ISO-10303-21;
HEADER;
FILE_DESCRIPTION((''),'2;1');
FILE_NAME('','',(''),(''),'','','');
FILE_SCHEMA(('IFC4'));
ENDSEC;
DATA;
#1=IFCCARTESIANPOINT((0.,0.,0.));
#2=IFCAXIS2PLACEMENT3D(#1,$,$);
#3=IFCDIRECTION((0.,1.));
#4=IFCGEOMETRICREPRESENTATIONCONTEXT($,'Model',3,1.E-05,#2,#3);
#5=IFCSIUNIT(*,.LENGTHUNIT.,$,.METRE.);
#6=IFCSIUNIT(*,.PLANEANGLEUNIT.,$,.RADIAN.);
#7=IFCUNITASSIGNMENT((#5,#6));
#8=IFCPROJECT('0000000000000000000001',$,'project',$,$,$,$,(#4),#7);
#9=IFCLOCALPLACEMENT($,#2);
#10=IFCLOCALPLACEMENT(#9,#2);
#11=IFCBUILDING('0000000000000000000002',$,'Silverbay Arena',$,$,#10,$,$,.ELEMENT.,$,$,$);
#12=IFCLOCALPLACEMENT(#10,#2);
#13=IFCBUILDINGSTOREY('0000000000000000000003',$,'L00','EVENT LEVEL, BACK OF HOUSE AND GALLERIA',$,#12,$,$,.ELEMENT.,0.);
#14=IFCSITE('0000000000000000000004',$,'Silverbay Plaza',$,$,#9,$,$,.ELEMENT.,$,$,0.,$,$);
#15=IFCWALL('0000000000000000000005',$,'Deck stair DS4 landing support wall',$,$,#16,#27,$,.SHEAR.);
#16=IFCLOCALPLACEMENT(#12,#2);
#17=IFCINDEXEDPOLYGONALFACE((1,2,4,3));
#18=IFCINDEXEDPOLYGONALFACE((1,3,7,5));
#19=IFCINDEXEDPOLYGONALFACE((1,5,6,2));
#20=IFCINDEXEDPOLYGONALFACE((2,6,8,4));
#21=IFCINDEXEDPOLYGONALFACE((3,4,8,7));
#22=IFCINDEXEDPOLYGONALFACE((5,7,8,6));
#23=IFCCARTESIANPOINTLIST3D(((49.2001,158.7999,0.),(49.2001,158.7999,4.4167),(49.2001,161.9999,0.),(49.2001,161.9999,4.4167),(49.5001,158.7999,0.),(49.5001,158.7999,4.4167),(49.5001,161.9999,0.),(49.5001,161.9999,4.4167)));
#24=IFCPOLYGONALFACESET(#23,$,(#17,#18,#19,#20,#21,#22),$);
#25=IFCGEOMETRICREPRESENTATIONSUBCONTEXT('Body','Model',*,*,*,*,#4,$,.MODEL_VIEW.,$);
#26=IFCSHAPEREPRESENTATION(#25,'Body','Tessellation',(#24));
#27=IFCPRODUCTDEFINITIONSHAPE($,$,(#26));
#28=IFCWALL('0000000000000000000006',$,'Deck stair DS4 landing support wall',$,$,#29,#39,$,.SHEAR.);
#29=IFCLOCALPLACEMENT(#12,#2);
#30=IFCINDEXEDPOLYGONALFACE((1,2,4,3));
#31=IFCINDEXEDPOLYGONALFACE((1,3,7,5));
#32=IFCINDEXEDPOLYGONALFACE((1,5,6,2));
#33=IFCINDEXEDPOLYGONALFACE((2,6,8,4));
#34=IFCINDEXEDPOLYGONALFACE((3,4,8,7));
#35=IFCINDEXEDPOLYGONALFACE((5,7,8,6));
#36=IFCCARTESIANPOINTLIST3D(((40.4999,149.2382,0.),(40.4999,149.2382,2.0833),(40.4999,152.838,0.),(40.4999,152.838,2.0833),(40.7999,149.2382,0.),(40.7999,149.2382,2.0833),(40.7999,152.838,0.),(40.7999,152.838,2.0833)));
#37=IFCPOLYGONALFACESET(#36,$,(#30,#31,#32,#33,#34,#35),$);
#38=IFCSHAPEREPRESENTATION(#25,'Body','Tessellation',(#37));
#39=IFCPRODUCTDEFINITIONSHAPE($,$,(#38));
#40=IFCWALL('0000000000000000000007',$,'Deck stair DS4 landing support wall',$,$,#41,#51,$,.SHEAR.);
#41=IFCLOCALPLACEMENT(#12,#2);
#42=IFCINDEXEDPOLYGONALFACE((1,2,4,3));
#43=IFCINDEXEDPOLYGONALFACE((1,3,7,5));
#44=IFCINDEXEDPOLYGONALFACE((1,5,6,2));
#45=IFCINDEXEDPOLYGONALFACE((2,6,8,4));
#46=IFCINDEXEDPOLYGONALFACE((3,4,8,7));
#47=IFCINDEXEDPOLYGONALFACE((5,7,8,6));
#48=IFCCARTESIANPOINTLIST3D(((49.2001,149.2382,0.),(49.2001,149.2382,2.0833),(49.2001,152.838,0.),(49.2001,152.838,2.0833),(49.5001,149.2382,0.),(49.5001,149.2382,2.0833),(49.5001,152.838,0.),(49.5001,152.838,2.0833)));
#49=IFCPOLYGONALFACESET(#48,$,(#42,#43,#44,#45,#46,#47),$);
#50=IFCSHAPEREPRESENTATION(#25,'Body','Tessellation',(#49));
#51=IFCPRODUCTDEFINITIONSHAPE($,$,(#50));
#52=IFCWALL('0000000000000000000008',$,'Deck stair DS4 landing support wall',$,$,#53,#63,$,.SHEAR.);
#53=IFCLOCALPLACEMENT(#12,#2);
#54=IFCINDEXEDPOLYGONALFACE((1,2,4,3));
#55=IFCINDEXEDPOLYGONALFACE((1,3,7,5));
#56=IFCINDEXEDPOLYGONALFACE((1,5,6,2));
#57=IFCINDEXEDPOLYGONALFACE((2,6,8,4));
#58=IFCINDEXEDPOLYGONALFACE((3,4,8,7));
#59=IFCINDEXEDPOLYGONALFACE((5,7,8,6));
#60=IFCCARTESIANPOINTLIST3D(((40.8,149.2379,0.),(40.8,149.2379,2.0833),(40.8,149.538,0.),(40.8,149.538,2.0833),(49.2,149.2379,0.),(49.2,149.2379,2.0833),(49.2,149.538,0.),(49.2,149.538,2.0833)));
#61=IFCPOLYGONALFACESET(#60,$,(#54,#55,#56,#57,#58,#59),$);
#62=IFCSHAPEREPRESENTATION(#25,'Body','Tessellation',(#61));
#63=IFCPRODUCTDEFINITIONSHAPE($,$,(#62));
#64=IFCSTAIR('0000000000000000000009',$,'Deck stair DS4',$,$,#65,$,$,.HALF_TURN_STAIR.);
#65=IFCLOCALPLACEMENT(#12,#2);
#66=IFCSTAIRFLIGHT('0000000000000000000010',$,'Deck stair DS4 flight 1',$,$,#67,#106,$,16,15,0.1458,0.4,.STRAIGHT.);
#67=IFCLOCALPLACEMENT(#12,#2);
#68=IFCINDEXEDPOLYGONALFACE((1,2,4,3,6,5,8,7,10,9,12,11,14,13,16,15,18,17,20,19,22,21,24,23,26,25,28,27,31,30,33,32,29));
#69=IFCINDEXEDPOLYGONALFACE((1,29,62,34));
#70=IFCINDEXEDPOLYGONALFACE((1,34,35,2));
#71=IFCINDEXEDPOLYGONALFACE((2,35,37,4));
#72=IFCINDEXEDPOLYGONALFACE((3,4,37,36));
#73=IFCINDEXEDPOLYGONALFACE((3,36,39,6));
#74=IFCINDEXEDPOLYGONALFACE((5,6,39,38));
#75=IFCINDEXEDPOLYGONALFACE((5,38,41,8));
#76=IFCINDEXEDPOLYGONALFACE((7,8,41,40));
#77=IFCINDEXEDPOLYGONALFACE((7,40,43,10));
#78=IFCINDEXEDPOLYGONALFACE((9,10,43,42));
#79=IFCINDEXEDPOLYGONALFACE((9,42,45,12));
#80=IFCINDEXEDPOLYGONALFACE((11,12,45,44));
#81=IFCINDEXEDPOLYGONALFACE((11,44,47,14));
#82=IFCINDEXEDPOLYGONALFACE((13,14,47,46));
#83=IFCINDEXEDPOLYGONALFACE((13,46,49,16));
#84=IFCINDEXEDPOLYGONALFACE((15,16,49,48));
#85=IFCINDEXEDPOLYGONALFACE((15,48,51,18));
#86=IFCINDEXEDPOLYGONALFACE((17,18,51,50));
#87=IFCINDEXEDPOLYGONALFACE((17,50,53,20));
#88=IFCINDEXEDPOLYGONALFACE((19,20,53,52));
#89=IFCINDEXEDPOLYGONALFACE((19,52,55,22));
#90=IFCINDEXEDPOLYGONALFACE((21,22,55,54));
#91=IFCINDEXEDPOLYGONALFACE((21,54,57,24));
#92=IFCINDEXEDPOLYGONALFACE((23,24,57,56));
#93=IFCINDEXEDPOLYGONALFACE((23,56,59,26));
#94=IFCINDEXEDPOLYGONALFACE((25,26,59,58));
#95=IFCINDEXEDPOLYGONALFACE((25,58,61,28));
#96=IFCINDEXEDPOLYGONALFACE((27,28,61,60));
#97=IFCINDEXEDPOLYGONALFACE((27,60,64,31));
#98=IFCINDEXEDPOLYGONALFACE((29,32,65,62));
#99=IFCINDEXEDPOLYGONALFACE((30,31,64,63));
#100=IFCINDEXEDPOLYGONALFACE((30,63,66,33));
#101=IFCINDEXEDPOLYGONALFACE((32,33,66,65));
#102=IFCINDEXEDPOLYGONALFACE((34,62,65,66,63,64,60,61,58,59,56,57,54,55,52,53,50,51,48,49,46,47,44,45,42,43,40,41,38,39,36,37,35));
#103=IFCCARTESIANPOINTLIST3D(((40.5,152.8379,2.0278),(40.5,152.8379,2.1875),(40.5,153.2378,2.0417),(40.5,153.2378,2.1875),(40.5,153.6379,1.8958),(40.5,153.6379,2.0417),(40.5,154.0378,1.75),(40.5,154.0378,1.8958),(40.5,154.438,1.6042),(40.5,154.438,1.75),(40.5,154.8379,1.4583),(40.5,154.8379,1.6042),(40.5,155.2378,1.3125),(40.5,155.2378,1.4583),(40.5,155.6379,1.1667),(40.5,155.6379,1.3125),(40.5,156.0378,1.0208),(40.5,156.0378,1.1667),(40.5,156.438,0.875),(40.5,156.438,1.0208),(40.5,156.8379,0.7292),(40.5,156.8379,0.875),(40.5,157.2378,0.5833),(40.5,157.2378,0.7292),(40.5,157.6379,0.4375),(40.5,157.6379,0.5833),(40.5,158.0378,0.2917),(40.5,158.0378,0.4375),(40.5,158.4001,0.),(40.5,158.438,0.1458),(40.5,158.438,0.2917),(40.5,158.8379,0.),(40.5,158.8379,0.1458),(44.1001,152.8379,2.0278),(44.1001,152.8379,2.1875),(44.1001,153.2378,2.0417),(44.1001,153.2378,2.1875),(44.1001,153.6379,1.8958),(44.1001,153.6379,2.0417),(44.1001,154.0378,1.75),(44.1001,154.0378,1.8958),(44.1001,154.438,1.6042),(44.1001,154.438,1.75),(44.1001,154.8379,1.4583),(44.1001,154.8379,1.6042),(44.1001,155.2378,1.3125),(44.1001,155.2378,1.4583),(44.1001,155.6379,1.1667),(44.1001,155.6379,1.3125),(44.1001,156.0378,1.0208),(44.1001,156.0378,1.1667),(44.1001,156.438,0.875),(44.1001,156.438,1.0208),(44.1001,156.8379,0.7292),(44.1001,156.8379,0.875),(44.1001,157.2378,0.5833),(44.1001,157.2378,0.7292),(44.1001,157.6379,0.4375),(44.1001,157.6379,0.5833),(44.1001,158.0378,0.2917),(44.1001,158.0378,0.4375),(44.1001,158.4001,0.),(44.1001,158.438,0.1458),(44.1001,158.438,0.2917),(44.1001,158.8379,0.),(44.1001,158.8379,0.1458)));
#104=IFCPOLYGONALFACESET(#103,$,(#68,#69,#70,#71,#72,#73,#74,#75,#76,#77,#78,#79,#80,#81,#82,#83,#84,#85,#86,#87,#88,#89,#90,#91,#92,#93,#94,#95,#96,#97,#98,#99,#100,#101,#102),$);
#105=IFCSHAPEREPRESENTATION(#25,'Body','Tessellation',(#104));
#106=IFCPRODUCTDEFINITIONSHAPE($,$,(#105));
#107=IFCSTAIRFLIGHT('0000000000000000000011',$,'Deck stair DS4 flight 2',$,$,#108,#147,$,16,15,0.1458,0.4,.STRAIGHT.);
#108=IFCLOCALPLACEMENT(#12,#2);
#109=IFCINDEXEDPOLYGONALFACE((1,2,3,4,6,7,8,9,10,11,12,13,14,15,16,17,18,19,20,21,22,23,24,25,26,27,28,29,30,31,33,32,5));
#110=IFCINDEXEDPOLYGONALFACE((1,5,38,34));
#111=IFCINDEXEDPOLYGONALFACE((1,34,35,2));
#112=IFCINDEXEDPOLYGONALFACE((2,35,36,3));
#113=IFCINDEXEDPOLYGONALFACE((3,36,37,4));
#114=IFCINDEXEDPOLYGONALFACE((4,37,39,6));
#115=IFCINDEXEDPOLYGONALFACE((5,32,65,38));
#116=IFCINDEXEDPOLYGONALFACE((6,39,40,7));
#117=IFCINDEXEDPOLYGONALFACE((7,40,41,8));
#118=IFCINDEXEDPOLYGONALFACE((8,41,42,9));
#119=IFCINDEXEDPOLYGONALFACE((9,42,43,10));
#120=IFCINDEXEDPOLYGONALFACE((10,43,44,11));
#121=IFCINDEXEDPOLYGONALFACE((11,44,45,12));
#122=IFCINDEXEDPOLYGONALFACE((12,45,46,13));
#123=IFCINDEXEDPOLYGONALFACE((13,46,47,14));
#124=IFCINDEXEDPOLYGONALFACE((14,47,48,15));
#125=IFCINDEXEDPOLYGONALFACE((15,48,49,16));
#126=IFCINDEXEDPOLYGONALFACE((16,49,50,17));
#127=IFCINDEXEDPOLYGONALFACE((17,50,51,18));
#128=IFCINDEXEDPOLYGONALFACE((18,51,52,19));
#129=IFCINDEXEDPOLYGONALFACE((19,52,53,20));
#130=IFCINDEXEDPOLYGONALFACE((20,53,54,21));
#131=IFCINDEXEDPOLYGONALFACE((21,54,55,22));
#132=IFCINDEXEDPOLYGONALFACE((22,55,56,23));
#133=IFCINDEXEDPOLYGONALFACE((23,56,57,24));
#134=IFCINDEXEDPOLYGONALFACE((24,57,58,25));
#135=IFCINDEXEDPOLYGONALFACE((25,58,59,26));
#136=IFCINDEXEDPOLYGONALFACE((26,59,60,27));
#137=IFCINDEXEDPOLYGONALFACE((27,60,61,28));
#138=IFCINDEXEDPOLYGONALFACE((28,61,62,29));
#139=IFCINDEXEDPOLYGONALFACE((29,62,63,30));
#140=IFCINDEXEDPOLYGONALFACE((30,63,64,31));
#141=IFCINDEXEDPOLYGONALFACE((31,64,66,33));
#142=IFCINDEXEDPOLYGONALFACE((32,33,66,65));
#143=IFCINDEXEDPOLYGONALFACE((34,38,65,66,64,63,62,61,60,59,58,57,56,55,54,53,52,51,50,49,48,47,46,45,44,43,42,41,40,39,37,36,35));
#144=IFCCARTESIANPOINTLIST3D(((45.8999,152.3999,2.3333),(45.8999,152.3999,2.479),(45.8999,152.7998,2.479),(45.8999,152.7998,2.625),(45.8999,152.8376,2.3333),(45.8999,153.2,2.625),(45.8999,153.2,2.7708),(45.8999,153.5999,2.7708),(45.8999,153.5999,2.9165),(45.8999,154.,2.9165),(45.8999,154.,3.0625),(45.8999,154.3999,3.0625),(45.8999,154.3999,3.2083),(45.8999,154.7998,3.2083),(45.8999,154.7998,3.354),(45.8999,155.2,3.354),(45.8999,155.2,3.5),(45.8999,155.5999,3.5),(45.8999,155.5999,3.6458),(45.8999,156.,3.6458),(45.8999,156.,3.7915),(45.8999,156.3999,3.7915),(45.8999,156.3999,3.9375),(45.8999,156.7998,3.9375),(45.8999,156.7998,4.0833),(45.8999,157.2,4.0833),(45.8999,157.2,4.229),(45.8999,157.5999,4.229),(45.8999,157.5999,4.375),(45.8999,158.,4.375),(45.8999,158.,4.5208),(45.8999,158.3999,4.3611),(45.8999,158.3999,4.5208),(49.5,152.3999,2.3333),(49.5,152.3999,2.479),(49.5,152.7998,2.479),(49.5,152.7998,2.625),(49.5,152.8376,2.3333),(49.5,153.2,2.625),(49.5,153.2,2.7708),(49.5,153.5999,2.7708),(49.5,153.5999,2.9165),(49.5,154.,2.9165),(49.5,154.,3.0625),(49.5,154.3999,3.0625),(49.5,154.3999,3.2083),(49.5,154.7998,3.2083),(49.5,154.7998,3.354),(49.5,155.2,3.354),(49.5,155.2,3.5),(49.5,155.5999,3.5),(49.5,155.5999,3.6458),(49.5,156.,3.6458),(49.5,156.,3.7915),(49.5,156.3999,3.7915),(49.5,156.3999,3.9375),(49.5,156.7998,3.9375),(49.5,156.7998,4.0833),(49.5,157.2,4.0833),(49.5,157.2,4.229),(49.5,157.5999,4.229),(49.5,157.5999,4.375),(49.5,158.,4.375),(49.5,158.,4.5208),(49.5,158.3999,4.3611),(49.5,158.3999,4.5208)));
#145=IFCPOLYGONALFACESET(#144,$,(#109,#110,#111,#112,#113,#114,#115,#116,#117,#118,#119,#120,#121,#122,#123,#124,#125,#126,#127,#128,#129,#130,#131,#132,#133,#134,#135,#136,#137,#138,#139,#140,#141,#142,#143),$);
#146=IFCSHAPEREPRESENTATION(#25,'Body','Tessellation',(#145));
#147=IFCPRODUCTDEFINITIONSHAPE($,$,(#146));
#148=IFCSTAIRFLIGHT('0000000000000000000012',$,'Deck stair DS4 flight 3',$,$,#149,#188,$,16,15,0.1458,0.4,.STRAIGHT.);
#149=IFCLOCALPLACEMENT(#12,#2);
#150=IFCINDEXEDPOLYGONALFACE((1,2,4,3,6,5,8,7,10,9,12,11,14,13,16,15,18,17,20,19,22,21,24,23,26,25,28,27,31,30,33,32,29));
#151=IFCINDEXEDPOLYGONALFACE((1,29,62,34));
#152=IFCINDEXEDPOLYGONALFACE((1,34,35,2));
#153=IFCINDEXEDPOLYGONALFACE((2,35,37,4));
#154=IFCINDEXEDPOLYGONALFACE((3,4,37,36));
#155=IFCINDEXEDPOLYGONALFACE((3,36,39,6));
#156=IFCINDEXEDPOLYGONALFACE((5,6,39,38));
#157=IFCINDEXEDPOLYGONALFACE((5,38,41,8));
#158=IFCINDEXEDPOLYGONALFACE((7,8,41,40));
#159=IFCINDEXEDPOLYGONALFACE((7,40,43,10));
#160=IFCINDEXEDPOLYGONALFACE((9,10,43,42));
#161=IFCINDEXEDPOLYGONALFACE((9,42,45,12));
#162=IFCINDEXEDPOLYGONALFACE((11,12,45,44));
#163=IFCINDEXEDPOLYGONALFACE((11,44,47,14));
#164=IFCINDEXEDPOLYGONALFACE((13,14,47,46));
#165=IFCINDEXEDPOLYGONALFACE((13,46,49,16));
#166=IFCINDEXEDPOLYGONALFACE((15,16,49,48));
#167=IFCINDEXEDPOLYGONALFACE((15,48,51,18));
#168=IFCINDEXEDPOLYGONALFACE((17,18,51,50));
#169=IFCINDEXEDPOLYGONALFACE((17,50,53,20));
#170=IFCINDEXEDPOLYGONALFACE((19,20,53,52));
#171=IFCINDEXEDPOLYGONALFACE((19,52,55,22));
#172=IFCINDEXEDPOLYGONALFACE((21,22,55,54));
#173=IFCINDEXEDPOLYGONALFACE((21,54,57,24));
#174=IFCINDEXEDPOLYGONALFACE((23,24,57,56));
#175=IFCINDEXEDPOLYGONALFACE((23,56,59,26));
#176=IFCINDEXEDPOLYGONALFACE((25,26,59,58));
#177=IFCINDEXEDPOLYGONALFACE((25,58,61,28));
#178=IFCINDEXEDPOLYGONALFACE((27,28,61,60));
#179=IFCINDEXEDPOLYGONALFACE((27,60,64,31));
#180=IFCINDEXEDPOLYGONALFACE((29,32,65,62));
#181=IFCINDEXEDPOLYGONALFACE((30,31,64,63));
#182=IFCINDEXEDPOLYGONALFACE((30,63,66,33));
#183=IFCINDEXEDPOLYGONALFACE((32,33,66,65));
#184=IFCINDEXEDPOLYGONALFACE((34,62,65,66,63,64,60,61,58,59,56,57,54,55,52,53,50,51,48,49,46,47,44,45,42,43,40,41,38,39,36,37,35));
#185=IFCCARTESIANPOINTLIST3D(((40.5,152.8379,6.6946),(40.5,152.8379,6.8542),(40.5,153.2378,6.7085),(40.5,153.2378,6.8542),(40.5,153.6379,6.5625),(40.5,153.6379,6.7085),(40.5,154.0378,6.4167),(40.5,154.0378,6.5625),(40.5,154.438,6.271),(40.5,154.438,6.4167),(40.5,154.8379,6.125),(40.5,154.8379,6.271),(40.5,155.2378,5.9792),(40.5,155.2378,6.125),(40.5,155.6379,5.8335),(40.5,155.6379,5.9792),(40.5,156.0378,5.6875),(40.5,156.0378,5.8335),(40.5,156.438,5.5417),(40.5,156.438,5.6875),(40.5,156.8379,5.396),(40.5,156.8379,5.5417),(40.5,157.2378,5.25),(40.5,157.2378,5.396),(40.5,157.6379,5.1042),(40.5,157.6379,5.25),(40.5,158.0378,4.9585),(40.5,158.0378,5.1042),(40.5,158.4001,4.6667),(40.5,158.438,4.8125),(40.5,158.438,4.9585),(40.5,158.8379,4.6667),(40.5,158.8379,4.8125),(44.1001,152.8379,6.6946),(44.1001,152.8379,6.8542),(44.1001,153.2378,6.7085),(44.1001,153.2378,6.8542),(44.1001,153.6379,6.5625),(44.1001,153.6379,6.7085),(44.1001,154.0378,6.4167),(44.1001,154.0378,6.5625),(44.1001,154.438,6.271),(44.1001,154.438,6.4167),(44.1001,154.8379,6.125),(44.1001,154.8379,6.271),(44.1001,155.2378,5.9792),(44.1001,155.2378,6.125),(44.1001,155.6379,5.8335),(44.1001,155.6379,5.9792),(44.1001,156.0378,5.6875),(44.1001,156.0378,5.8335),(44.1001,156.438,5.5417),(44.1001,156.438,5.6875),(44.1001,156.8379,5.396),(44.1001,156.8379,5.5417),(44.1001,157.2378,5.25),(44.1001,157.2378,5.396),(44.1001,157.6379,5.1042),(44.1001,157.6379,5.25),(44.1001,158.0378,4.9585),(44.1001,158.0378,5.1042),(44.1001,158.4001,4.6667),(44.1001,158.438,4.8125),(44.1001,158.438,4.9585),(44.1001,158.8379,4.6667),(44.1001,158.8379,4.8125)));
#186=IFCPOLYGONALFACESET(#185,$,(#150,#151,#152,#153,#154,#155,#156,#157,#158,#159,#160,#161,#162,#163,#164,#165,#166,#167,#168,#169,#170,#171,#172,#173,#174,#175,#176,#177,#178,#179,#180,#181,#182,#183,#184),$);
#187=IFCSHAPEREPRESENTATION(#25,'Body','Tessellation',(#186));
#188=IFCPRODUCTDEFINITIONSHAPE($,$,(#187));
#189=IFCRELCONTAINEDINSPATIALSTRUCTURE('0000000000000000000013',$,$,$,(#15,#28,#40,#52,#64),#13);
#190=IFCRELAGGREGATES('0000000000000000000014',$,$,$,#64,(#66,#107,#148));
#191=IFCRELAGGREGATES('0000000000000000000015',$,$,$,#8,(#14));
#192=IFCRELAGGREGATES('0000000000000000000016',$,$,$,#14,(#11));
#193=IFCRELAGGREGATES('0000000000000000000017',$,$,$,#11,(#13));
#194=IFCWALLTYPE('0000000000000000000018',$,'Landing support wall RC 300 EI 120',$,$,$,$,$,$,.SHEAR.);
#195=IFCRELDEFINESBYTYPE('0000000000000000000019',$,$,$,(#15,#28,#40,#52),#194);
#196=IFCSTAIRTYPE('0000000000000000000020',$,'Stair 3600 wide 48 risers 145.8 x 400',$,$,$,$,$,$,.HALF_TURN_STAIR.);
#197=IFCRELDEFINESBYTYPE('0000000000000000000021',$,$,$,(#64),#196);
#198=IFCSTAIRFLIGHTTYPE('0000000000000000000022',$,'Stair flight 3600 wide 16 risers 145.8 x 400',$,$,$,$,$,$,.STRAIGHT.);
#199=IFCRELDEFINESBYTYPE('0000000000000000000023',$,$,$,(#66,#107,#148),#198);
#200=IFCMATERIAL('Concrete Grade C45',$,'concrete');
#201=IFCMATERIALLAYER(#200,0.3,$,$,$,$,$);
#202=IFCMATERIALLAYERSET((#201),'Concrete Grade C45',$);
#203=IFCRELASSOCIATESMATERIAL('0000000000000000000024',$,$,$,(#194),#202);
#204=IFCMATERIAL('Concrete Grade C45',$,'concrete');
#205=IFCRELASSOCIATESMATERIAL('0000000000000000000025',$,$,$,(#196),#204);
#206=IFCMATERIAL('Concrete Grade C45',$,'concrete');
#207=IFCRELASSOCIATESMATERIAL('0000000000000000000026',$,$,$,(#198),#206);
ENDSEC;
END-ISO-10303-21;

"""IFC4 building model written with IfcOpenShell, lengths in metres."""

from ifc_helpers import new_model, si_unit, direction, frame, frame_2d, origin, place, context, subcontext, project, spatial, polyline, rectangle, outline, extrude, material, layer, layer_set, type_object, element, aggregate, save


model = new_model("IFC4")

# Units and contexts
model_context = context("Model", 3, precision=1e-05, world=origin(), true_north=direction((0.0, 1.0)))
body_context = subcontext(model_context, "Body", "Model", "MODEL_VIEW")
ifc_project = project(units=[si_unit("LENGTHUNIT", "METRE"), si_unit("PLANEANGLEUNIT", "RADIAN")], contexts=[model_context])

# Site, building, storey
site_placement = place(None, origin())
site = spatial("IfcSite", under=ifc_project, at=site_placement, Name="Silverbay Plaza", CompositionType="ELEMENT", RefElevation=0.0)
building_placement = place(site_placement, origin())
building = spatial("IfcBuilding", under=site, at=building_placement, Name="Silverbay Arena", CompositionType="ELEMENT")
storey_placement = place(building_placement, origin())
storey = spatial("IfcBuildingStorey", under=building, at=storey_placement, Name="L00", Description="EVENT LEVEL, BACK OF HOUSE AND GALLERIA", CompositionType="ELEMENT", Elevation=0.0)

# Walls
ifc_material_1 = material(Name="Concrete Grade C45", Category="concrete")
ifc_layer = layer(ifc_material_1, 0.3)
ifc_layer_set = layer_set([ifc_layer], Name="Concrete Grade C45")
wall_type = type_object("IfcWallType", Name="Landing support wall RC 300 EI 120", PredefinedType="SHEAR", material=ifc_layer_set)
for number, where, z_axis, x_axis, name in (
    (1, (49.3501, 162.0, 0.0), (0.0, 0.0, 1.0), (0.0, -1.0, 0.0), "Deck stair DS4 landing support wall"),
):
    element("IfcWall", number, at=place(storey_placement, frame(where, z_axis=z_axis, x_axis=x_axis)), inside=storey, type_object=wall_type, Name=name, PredefinedType="SHEAR", context=body_context, shape_type="SweptSolid", body=[
        extrude(rectangle(XDim=3.2, YDim=0.3, at=frame_2d((1.6001, 0.0))), origin(), (0.0, 0.0, 1.0), 4.4167),
    ])
for number, where, z_axis, x_axis, name in (
    (2, (40.6499, 152.8379, 0.0), (0.0, 0.0, 1.0), (0.0, -1.0, 0.0), "Deck stair DS4 landing support wall"),
    (3, (49.3501, 152.8379, 0.0), (0.0, 0.0, 1.0), (0.0, -1.0, 0.0), "Deck stair DS4 landing support wall"),
):
    element("IfcWall", number, at=place(storey_placement, frame(where, z_axis=z_axis, x_axis=x_axis)), inside=storey, type_object=wall_type, Name=name, PredefinedType="SHEAR", context=body_context, shape_type="SweptSolid", body=[
        extrude(rectangle(XDim=3.5999, YDim=0.3, at=frame_2d((1.7998, 0.0))), origin(), (0.0, 0.0, 1.0), 2.0833),
    ])
wall_placement = place(storey_placement, frame((40.8, 149.3879, 0.0), z_axis=(0.0, 0.0, 1.0), x_axis=(1.0, 0.0, 0.0)))
element("IfcWall", 4, at=wall_placement, inside=storey, type_object=wall_type, Name="Deck stair DS4 landing support wall", PredefinedType="SHEAR", context=body_context, shape_type="SweptSolid", body=[
    extrude(rectangle(XDim=8.3999, YDim=0.3, at=frame_2d((4.2, 0.0))), origin(), (0.0, 0.0, 1.0), 2.0833),
])

# Stair, stair flights
ifc_material_2 = material(Name="Concrete Grade C45", Category="concrete")
stair_type = type_object("IfcStairType", Name="Stair 3600 wide 48 risers 145.8 x 400", PredefinedType="HALF_TURN_STAIR", material=ifc_material_2)
stair_placement = place(storey_placement, origin())
stair = element("IfcStair", 5, at=stair_placement, inside=storey, type_object=stair_type, Name="Deck stair DS4", PredefinedType="HALF_TURN_STAIR")
ifc_material_3 = material(Name="Concrete Grade C45", Category="concrete")
stair_flight_type = type_object("IfcStairFlightType", Name="Stair flight 3600 wide 16 risers 145.8 x 400", PredefinedType="STRAIGHT", material=ifc_material_3)
stair_flight_1_placement = place(storey_placement, frame((42.3, 158.8379, 0.0), z_axis=(0.0, 0.0, 1.0), x_axis=(0.0, -1.0, 0.0)))
stair_flight_1 = element("IfcStairFlight", 6, at=stair_flight_1_placement, type_object=stair_flight_type, Name="Deck stair DS4 flight 1", NumberOfRisers=16, NumberOfTreads=15, PredefinedType="STRAIGHT", RiserHeight=0.1458, TreadLength=0.4, context=body_context, shape_type="SweptSolid", body=[
    extrude(outline(polyline([(0.0, 0.0), (0.0, 0.1458), (0.3999, 0.1458), (0.3999, 0.2917), (0.8, 0.2917), (0.8, 0.4375), (1.2, 0.4375), (1.2, 0.5833), (1.6001, 0.5833), (1.6001, 0.7292), (2.0, 0.7292), (2.0, 0.875), (2.3999, 0.875), (2.3999, 1.0208), (2.8, 1.0208), (2.8, 1.1667), (3.2, 1.1667), (3.2, 1.3125), (3.6001, 1.3125), (3.6001, 1.4583), (4.0, 1.4583), (4.0, 1.6042), (4.3999, 1.6042), (4.3999, 1.75), (4.8, 1.75), (4.8, 1.8958), (5.2, 1.8958), (5.2, 2.0417), (5.6001, 2.0417), (5.6001, 2.1875), (6.0, 2.1875), (6.0, 2.0278), (0.4377, 0.0), (0.0, 0.0)])), frame((0.0, 1.8, 0.0), z_axis=(0.0, -1.0, 0.0), x_axis=(1.0, 0.0, 0.0)), (0.0, 0.0, 1.0), 3.6001),
])
stair_flight_2_placement = place(storey_placement, frame((47.7, 152.3999, 2.3333), z_axis=(0.0, 0.0, 1.0), x_axis=(0.0, 1.0, 0.0)))
stair_flight_2 = element("IfcStairFlight", 7, at=stair_flight_2_placement, type_object=stair_flight_type, Name="Deck stair DS4 flight 2", NumberOfRisers=16, NumberOfTreads=15, PredefinedType="STRAIGHT", RiserHeight=0.1458, TreadLength=0.4, context=body_context, shape_type="SweptSolid", body=[
    extrude(outline(polyline([(0.0, 0.0), (0.0, 0.1458), (0.3999, 0.1458), (0.3999, 0.2917), (0.8, 0.2917), (0.8, 0.4375), (1.2, 0.4375), (1.2, 0.5833), (1.6001, 0.5833), (1.6001, 0.7292), (2.0, 0.7292), (2.0, 0.875), (2.3999, 0.875), (2.3999, 1.0208), (2.8, 1.0208), (2.8, 1.1667), (3.2, 1.1667), (3.2, 1.3125), (3.6001, 1.3125), (3.6001, 1.4583), (4.0, 1.4583), (4.0, 1.6042), (4.3999, 1.6042), (4.3999, 1.75), (4.8, 1.75), (4.8, 1.8958), (5.2, 1.8958), (5.2, 2.0417), (5.6001, 2.0417), (5.6001, 2.1875), (6.0, 2.1875), (6.0, 2.0278), (0.4377, 0.0), (0.0, 0.0)])), frame((0.0, 1.8, 0.0), z_axis=(0.0, -1.0, 0.0), x_axis=(1.0, 0.0, 0.0)), (0.0, 0.0, 1.0), 3.6001),
])
stair_flight_3_placement = place(storey_placement, frame((42.3, 158.8379, 4.6667), z_axis=(0.0, 0.0, 1.0), x_axis=(0.0, -1.0, 0.0)))
stair_flight_3 = element("IfcStairFlight", 8, at=stair_flight_3_placement, type_object=stair_flight_type, Name="Deck stair DS4 flight 3", NumberOfRisers=16, NumberOfTreads=15, PredefinedType="STRAIGHT", RiserHeight=0.1458, TreadLength=0.4, context=body_context, shape_type="SweptSolid", body=[
    extrude(outline(polyline([(0.0, 0.0), (0.0, 0.1458), (0.3999, 0.1458), (0.3999, 0.2917), (0.8, 0.2917), (0.8, 0.4375), (1.2, 0.4375), (1.2, 0.5833), (1.6001, 0.5833), (1.6001, 0.7292), (2.0, 0.7292), (2.0, 0.875), (2.3999, 0.875), (2.3999, 1.0208), (2.8, 1.0208), (2.8, 1.1667), (3.2, 1.1667), (3.2, 1.3125), (3.6001, 1.3125), (3.6001, 1.4583), (4.0, 1.4583), (4.0, 1.6042), (4.3999, 1.6042), (4.3999, 1.75), (4.8, 1.75), (4.8, 1.8958), (5.2, 1.8958), (5.2, 2.0417), (5.6001, 2.0417), (5.6001, 2.1875), (6.0, 2.1875), (6.0, 2.0278), (0.4377, 0.0), (0.0, 0.0)])), frame((0.0, 1.8, 0.0), z_axis=(0.0, -1.0, 0.0), x_axis=(1.0, 0.0, 0.0)), (0.0, 0.0, 1.0), 3.6001),
])
aggregate(stair, [stair_flight_1, stair_flight_2, stair_flight_3])

save(model, "model.ifc")
